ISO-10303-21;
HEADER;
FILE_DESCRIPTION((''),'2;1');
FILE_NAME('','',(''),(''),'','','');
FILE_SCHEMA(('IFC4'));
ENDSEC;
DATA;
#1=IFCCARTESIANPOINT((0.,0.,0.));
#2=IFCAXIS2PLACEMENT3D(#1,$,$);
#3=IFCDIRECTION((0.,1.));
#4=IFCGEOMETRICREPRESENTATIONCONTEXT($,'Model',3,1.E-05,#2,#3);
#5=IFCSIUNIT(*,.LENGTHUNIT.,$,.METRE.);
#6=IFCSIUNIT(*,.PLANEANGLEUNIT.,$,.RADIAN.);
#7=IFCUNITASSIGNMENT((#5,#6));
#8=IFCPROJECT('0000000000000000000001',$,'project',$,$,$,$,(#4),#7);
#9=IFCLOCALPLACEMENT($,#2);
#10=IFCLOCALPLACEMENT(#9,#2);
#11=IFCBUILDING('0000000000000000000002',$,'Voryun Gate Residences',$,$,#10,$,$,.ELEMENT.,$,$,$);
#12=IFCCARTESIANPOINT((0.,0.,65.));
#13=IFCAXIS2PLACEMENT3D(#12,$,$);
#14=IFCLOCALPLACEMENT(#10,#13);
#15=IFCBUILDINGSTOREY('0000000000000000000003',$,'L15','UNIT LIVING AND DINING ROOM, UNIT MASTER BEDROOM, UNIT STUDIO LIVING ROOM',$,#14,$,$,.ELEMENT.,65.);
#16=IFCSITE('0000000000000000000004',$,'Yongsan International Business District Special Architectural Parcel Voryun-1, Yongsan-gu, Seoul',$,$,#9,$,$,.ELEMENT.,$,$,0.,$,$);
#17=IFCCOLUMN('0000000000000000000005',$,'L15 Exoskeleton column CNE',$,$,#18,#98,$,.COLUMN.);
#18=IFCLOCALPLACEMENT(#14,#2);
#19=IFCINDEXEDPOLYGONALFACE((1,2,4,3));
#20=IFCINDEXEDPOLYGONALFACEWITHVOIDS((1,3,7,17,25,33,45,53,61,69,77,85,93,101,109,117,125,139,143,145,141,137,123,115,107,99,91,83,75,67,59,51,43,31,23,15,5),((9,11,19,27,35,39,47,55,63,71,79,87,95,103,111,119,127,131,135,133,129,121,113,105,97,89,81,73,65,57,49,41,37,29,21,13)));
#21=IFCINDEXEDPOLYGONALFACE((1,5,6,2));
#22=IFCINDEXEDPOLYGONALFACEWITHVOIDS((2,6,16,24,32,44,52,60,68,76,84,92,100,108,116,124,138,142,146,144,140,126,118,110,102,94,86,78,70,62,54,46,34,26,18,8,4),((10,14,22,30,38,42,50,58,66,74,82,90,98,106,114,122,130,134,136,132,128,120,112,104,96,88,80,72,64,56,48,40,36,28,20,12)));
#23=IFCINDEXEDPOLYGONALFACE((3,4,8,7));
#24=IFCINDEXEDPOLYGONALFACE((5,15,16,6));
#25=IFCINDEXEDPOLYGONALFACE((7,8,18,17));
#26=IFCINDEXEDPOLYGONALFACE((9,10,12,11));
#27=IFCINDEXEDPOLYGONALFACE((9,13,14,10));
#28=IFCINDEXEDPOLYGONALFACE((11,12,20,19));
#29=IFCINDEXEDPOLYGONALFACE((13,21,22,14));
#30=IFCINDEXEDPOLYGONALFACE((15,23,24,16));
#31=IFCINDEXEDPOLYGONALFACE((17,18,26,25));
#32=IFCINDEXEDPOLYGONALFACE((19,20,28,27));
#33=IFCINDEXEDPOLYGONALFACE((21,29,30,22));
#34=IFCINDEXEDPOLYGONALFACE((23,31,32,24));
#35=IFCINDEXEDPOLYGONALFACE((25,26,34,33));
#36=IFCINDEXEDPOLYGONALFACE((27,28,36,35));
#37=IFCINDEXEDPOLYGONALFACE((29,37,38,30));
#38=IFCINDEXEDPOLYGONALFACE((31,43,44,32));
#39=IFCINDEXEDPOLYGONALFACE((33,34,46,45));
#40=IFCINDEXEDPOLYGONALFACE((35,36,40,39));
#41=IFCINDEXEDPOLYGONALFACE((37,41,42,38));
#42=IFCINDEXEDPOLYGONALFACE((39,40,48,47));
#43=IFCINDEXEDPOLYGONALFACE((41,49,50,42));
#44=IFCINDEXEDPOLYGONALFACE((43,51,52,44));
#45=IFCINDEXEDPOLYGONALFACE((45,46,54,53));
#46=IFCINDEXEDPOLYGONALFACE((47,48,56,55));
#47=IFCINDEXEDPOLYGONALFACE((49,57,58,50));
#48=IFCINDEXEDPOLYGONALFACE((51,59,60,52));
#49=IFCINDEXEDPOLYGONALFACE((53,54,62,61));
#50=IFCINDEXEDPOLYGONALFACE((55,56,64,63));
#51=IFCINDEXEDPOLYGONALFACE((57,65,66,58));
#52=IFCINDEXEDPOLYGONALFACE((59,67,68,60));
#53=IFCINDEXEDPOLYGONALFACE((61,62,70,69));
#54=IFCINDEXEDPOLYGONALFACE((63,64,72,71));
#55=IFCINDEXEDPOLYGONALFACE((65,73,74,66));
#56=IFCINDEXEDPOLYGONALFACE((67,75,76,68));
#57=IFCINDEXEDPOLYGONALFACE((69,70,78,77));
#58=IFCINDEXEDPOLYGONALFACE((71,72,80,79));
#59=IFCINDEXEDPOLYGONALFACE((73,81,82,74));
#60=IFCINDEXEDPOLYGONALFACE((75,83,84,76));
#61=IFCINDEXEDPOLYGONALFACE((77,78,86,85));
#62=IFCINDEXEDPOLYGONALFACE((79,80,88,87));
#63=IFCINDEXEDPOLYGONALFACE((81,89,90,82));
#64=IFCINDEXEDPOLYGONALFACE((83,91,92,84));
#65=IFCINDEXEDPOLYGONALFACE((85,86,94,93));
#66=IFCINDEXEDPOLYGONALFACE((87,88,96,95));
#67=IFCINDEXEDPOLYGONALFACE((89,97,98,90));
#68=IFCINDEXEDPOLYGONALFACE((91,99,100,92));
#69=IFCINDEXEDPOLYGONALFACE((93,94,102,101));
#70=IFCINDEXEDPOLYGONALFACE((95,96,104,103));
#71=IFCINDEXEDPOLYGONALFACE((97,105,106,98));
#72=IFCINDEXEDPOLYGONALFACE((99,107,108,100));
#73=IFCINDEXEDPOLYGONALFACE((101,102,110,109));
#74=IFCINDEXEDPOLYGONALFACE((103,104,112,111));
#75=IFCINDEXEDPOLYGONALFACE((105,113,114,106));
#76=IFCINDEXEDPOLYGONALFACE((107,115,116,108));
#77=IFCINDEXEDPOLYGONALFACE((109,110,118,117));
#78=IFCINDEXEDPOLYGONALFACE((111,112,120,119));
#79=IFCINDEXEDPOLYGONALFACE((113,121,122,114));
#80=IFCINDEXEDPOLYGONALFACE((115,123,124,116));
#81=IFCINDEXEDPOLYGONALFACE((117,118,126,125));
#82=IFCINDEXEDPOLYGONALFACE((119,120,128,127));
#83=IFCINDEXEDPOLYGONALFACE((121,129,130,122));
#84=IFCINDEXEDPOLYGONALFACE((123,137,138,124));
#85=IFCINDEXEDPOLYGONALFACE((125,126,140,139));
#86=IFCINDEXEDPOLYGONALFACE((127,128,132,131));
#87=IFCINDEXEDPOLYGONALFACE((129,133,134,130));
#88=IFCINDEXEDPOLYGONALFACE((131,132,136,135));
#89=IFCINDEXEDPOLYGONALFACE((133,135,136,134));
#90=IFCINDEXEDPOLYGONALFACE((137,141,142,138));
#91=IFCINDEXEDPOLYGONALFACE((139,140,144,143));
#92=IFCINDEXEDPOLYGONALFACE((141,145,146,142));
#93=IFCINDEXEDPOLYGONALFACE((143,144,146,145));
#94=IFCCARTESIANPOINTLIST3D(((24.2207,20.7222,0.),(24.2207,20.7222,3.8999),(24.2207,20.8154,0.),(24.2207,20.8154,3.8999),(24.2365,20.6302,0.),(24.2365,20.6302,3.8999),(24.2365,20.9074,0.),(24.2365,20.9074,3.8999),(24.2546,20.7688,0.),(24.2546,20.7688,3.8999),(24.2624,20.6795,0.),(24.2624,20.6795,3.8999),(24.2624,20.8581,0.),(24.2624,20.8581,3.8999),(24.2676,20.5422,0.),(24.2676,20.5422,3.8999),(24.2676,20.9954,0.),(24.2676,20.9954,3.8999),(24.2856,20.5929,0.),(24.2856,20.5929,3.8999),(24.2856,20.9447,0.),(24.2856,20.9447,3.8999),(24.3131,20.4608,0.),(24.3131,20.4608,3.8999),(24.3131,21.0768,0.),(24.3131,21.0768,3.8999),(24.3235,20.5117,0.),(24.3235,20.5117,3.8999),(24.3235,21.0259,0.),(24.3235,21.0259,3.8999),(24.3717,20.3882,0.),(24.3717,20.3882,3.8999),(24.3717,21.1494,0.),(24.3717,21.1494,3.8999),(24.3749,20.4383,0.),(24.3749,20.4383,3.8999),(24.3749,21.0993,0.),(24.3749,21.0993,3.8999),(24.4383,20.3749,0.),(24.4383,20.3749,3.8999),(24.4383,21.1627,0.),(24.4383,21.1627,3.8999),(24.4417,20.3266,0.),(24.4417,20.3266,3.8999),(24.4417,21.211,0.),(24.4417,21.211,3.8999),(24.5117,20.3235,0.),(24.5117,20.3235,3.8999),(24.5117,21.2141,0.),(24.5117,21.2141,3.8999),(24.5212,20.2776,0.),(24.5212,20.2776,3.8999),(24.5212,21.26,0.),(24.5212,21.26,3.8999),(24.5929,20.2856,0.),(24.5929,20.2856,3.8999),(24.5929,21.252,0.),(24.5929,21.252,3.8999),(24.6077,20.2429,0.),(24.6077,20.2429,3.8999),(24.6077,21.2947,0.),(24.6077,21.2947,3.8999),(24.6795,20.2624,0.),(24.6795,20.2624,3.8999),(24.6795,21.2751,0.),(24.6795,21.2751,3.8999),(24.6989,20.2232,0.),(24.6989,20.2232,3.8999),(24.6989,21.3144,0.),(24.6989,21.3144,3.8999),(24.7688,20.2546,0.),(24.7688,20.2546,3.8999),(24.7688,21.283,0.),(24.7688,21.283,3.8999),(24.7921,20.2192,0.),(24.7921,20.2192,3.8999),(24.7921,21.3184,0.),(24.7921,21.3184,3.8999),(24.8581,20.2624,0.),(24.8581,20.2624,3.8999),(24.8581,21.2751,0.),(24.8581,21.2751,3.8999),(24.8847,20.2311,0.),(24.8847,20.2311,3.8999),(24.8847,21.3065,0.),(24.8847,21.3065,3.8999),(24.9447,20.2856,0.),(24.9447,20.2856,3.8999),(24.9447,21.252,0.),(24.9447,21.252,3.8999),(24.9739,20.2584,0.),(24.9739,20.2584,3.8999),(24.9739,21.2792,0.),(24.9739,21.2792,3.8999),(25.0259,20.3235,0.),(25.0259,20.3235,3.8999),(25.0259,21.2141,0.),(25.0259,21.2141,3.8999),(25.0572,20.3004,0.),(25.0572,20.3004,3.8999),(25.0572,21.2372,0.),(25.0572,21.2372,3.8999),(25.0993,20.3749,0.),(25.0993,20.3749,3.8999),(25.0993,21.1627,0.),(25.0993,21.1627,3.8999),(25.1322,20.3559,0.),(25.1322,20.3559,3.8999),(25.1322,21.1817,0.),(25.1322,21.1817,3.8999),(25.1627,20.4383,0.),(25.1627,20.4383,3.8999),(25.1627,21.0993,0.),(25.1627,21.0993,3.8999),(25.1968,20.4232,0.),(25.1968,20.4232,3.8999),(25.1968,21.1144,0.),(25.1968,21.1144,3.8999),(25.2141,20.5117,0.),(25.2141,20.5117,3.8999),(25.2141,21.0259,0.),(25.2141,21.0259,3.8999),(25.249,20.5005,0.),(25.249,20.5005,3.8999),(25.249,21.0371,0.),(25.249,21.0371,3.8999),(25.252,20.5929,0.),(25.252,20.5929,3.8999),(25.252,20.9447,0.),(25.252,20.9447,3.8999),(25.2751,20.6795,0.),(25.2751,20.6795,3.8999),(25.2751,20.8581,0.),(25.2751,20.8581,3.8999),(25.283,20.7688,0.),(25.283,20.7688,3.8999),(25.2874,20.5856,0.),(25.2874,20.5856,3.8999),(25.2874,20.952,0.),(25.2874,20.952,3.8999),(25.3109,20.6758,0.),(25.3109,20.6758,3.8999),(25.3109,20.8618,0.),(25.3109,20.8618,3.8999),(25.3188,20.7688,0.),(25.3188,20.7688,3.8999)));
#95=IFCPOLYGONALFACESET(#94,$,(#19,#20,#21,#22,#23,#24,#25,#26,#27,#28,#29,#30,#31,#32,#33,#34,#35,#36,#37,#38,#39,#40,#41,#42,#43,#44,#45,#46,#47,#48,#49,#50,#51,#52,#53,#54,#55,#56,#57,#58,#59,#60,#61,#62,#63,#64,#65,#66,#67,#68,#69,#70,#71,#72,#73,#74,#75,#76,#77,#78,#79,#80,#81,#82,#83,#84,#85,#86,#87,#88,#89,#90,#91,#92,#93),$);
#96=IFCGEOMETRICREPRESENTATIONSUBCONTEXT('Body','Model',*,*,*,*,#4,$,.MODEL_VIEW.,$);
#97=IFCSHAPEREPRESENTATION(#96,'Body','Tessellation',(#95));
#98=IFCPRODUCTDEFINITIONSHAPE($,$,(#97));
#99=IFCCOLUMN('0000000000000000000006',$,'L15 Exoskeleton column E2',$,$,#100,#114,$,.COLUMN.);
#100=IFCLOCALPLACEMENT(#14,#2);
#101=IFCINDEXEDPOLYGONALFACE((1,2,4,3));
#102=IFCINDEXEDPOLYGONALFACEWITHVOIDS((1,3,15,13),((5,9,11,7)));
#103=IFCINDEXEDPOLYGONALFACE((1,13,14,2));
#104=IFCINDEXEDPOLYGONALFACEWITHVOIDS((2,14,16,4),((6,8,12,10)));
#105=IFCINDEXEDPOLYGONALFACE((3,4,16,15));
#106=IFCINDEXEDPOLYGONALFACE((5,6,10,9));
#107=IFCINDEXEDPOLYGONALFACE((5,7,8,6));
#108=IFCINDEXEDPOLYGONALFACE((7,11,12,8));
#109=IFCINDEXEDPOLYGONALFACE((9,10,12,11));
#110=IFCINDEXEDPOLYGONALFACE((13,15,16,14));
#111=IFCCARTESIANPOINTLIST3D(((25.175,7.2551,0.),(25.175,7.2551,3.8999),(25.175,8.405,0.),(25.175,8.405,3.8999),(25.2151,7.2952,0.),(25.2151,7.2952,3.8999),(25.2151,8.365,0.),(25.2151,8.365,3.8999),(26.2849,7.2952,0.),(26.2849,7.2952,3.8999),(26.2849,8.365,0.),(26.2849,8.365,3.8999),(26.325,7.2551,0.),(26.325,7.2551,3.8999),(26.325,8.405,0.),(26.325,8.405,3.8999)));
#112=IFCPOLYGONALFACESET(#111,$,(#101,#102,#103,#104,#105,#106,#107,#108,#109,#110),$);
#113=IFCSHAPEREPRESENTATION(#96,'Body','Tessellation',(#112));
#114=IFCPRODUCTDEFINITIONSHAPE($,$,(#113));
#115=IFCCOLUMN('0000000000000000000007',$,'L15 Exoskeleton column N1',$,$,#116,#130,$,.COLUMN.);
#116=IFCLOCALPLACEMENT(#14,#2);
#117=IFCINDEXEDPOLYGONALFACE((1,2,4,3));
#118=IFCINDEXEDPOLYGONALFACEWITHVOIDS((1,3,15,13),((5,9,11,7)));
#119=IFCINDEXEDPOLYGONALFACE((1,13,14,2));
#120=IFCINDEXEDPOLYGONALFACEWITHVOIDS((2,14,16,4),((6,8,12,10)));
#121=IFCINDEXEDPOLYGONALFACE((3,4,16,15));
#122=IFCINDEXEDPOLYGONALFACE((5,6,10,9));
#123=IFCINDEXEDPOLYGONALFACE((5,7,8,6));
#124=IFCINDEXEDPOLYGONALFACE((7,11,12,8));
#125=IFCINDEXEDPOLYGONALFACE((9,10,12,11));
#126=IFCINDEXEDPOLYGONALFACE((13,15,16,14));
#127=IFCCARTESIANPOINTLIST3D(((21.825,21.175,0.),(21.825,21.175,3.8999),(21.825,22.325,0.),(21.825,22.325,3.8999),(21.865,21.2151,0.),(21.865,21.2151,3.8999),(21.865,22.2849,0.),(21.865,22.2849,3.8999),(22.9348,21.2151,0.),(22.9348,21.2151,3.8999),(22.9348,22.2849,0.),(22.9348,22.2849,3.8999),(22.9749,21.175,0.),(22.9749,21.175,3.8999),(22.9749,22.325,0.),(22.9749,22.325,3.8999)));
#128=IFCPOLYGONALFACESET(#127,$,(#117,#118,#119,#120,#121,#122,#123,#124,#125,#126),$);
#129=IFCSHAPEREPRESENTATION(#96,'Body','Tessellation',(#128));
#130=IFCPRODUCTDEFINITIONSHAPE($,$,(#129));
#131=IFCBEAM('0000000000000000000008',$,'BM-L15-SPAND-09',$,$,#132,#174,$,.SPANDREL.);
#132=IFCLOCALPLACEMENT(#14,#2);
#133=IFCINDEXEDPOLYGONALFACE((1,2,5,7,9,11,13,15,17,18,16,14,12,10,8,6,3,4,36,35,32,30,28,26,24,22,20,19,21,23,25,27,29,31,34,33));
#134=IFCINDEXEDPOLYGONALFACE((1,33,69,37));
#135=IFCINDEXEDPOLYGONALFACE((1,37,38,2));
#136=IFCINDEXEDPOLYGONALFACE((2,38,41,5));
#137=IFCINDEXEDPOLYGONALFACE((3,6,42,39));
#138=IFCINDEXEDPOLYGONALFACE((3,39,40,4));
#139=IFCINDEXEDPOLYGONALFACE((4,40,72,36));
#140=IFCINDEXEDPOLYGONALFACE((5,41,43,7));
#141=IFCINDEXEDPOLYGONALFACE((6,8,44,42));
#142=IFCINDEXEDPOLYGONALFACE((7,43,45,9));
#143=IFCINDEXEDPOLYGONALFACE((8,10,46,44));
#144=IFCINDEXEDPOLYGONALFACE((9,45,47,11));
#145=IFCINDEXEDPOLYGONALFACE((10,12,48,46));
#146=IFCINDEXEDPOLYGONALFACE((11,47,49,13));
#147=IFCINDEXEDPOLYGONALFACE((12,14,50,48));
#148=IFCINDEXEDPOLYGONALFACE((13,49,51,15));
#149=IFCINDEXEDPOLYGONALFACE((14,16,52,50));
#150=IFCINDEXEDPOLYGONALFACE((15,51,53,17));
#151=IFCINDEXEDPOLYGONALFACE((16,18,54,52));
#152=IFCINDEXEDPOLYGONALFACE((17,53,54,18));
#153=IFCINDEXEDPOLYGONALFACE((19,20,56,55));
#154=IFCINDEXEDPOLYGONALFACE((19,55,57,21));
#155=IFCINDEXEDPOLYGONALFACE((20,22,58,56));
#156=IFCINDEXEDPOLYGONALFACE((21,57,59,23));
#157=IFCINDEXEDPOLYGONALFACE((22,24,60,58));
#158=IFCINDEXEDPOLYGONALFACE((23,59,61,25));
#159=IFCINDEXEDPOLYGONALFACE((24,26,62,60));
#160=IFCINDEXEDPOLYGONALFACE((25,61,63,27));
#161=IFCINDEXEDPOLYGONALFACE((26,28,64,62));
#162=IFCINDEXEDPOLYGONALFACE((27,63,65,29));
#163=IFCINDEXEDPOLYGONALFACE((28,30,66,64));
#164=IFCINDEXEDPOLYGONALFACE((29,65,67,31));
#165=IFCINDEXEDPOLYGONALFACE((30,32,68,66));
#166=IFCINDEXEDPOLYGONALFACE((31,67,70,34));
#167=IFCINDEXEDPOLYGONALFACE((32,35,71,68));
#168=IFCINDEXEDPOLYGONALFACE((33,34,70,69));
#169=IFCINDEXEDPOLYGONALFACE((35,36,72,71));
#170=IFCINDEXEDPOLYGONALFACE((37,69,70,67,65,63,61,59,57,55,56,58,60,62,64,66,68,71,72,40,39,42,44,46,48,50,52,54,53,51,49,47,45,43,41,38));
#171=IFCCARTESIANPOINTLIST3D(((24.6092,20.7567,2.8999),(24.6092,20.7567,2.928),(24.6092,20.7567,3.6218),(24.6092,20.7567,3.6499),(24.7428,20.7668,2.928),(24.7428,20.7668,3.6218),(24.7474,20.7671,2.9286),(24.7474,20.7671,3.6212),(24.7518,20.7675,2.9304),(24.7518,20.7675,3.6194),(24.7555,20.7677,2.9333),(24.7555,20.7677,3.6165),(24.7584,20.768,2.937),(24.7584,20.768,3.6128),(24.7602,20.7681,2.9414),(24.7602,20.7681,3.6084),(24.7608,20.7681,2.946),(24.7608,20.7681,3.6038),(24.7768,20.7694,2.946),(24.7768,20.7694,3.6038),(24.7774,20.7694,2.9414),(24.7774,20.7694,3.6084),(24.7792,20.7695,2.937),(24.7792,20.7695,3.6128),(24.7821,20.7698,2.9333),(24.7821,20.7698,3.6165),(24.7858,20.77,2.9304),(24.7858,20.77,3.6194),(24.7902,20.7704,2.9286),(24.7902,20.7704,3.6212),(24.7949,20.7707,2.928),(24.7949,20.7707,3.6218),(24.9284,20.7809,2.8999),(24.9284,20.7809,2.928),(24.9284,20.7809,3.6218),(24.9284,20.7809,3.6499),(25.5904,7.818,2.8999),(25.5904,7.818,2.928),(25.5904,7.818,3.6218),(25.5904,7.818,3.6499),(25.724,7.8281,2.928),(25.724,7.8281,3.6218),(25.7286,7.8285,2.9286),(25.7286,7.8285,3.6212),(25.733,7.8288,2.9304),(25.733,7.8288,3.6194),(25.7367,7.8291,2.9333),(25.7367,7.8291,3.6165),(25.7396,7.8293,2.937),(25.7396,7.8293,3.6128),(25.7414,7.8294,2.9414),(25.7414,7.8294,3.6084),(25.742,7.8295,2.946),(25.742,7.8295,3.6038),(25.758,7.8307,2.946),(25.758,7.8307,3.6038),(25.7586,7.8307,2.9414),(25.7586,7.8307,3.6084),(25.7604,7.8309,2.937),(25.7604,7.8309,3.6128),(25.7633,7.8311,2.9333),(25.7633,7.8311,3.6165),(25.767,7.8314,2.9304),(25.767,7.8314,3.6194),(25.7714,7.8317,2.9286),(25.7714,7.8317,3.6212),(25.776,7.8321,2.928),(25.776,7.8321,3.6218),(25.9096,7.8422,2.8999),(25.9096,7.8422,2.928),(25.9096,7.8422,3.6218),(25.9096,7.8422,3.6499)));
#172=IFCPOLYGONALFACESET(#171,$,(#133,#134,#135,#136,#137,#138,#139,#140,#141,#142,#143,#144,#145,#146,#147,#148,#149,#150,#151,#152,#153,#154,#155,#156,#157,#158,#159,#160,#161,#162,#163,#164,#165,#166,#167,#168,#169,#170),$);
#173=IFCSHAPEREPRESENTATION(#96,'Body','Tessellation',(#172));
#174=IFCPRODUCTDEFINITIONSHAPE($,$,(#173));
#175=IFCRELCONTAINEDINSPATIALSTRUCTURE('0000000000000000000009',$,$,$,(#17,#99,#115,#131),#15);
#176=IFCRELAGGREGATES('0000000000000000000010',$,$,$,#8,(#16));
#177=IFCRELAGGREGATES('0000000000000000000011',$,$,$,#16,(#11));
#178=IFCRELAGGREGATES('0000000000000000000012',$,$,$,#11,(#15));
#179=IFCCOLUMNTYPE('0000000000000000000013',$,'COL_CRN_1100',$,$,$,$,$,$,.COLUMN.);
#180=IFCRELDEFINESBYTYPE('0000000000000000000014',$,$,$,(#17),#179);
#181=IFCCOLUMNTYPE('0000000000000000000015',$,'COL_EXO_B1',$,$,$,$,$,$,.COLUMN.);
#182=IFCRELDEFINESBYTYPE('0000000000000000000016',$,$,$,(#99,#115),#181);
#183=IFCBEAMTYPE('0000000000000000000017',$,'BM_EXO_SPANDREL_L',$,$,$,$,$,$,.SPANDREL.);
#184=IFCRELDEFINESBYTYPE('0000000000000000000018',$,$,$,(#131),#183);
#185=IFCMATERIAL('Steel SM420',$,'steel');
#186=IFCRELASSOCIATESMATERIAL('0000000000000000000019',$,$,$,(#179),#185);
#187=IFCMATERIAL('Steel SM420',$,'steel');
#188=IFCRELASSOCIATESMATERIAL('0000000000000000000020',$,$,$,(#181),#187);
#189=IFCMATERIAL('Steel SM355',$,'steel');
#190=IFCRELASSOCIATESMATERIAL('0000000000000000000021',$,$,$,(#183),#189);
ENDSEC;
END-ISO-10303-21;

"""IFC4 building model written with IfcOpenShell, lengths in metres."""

from ifc_helpers import new_model, si_unit, direction, frame, origin, origin_2d, place, context, subcontext, project, spatial, hollow_rectangle, hollow_circle, i_section, extrude, material, material_profile, profile_set, type_object, element, save


model = new_model("IFC4")

# Units and contexts
model_context = context("Model", 3, precision=1e-05, world=origin(), true_north=direction((0.0, 1.0)))
body_context = subcontext(model_context, "Body", "Model", "MODEL_VIEW")
ifc_project = project(units=[si_unit("LENGTHUNIT", "METRE"), si_unit("PLANEANGLEUNIT", "RADIAN")], contexts=[model_context])

# Site, building, storey
site_placement = place(None, origin())
site = spatial("IfcSite", under=ifc_project, at=site_placement, Name="Yongsan International Business District Special Architectural Parcel Voryun-1, Yongsan-gu, Seoul", CompositionType="ELEMENT", RefElevation=0.0)
building_placement = place(site_placement, origin())
building = spatial("IfcBuilding", under=site, at=building_placement, Name="Voryun Gate Residences", CompositionType="ELEMENT")
storey_placement = place(building_placement, frame((0.0, 0.0, 65.0)))
storey = spatial("IfcBuildingStorey", under=building, at=storey_placement, Name="L15", Description="UNIT LIVING AND DINING ROOM, UNIT MASTER BEDROOM, UNIT STUDIO LIVING ROOM", CompositionType="ELEMENT", Elevation=65.0)

# Columns
ifc_material_1 = material(Name="Steel SM420", Category="steel")
ifc_material_profile_1 = material_profile(ifc_material_1, hollow_circle(Radius=0.55, WallThickness=0.0359, at=origin_2d()), Name="CHS-1100x36")
ifc_profile_set_1 = profile_set([ifc_material_profile_1], Name="Steel SM420")
column_type_1 = type_object("IfcColumnType", Name="COL_CRN_1100", PredefinedType="COLUMN", material=ifc_profile_set_1)
column_placement = place(storey_placement, frame((24.7688, 20.7688, 0.0), z_axis=(0.0, 0.0, 1.0), x_axis=(1.0, 0.0, 0.0)))
element("IfcColumn", 1, at=column_placement, inside=storey, type_object=column_type_1, Name="L15 Exoskeleton column CNE", PredefinedType="COLUMN", context=body_context, shape_type="SweptSolid", body=[
    extrude(hollow_circle(Radius=0.55, WallThickness=0.0359, at=origin_2d()), origin(), (0.0, 0.0, 1.0), 3.8999),
])
ifc_material_2 = material(Name="Steel SM420", Category="steel")
ifc_material_profile_2 = material_profile(ifc_material_2, hollow_rectangle(XDim=1.1499, YDim=1.1499, WallThickness=0.04, at=origin_2d()), Name="BOX-1150x1150x40")
ifc_profile_set_2 = profile_set([ifc_material_profile_2], Name="Steel SM420")
column_type_2 = type_object("IfcColumnType", Name="COL_EXO_B1", PredefinedType="COLUMN", material=ifc_profile_set_2)
for number, where, z_axis, x_axis, name in (
    (2, (25.75, 7.8301, 0.0), (0.0, 0.0, 1.0), (1.0, 0.0, 0.0), "L15 Exoskeleton column E2"),
    (3, (22.3999, 21.75, 0.0), (0.0, 0.0, 1.0), (1.0, 0.0, 0.0), "L15 Exoskeleton column N1"),
):
    element("IfcColumn", number, at=place(storey_placement, frame(where, z_axis=z_axis, x_axis=x_axis)), inside=storey, type_object=column_type_2, Name=name, PredefinedType="COLUMN", context=body_context, shape_type="SweptSolid", body=[
        extrude(hollow_rectangle(XDim=1.1499, YDim=1.1499, WallThickness=0.04, at=origin_2d()), origin(), (0.0, 0.0, 1.0), 3.8999),
    ])

# Beam
ifc_material_3 = material(Name="Steel SM355", Category="steel")
ifc_material_profile_3 = material_profile(ifc_material_3, i_section(OverallWidth=0.3201, OverallDepth=0.75, WebThickness=0.0161, FlangeThickness=0.0281, FilletRadius=0.0181, at=origin_2d()), Name="H-750x320x16x28")
ifc_profile_set_3 = profile_set([ifc_material_profile_3], Name="Steel SM355")
beam_type_1 = type_object("IfcBeamType", Name="BM_EXO_SPANDREL_L", PredefinedType="SPANDREL", material=ifc_profile_set_3)
beam_1_placement = place(storey_placement, frame((25.75, 7.8301, 3.2749), z_axis=(-0.075617, 0.997137, 0.0), x_axis=(-0.997137, -0.075617, 0.0)))
element("IfcBeam", 4, at=beam_1_placement, inside=storey, type_object=beam_type_1, Name="BM-L15-SPAND-09", PredefinedType="SPANDREL", context=body_context, shape_type="SweptSolid", body=[
    extrude(i_section(OverallWidth=0.3201, OverallDepth=0.75, WebThickness=0.0161, FlangeThickness=0.0281, FilletRadius=0.0181, at=origin_2d()), origin(), (0.0, 0.0, 1.0), 12.9758),
])

save(model, "model.ifc")
